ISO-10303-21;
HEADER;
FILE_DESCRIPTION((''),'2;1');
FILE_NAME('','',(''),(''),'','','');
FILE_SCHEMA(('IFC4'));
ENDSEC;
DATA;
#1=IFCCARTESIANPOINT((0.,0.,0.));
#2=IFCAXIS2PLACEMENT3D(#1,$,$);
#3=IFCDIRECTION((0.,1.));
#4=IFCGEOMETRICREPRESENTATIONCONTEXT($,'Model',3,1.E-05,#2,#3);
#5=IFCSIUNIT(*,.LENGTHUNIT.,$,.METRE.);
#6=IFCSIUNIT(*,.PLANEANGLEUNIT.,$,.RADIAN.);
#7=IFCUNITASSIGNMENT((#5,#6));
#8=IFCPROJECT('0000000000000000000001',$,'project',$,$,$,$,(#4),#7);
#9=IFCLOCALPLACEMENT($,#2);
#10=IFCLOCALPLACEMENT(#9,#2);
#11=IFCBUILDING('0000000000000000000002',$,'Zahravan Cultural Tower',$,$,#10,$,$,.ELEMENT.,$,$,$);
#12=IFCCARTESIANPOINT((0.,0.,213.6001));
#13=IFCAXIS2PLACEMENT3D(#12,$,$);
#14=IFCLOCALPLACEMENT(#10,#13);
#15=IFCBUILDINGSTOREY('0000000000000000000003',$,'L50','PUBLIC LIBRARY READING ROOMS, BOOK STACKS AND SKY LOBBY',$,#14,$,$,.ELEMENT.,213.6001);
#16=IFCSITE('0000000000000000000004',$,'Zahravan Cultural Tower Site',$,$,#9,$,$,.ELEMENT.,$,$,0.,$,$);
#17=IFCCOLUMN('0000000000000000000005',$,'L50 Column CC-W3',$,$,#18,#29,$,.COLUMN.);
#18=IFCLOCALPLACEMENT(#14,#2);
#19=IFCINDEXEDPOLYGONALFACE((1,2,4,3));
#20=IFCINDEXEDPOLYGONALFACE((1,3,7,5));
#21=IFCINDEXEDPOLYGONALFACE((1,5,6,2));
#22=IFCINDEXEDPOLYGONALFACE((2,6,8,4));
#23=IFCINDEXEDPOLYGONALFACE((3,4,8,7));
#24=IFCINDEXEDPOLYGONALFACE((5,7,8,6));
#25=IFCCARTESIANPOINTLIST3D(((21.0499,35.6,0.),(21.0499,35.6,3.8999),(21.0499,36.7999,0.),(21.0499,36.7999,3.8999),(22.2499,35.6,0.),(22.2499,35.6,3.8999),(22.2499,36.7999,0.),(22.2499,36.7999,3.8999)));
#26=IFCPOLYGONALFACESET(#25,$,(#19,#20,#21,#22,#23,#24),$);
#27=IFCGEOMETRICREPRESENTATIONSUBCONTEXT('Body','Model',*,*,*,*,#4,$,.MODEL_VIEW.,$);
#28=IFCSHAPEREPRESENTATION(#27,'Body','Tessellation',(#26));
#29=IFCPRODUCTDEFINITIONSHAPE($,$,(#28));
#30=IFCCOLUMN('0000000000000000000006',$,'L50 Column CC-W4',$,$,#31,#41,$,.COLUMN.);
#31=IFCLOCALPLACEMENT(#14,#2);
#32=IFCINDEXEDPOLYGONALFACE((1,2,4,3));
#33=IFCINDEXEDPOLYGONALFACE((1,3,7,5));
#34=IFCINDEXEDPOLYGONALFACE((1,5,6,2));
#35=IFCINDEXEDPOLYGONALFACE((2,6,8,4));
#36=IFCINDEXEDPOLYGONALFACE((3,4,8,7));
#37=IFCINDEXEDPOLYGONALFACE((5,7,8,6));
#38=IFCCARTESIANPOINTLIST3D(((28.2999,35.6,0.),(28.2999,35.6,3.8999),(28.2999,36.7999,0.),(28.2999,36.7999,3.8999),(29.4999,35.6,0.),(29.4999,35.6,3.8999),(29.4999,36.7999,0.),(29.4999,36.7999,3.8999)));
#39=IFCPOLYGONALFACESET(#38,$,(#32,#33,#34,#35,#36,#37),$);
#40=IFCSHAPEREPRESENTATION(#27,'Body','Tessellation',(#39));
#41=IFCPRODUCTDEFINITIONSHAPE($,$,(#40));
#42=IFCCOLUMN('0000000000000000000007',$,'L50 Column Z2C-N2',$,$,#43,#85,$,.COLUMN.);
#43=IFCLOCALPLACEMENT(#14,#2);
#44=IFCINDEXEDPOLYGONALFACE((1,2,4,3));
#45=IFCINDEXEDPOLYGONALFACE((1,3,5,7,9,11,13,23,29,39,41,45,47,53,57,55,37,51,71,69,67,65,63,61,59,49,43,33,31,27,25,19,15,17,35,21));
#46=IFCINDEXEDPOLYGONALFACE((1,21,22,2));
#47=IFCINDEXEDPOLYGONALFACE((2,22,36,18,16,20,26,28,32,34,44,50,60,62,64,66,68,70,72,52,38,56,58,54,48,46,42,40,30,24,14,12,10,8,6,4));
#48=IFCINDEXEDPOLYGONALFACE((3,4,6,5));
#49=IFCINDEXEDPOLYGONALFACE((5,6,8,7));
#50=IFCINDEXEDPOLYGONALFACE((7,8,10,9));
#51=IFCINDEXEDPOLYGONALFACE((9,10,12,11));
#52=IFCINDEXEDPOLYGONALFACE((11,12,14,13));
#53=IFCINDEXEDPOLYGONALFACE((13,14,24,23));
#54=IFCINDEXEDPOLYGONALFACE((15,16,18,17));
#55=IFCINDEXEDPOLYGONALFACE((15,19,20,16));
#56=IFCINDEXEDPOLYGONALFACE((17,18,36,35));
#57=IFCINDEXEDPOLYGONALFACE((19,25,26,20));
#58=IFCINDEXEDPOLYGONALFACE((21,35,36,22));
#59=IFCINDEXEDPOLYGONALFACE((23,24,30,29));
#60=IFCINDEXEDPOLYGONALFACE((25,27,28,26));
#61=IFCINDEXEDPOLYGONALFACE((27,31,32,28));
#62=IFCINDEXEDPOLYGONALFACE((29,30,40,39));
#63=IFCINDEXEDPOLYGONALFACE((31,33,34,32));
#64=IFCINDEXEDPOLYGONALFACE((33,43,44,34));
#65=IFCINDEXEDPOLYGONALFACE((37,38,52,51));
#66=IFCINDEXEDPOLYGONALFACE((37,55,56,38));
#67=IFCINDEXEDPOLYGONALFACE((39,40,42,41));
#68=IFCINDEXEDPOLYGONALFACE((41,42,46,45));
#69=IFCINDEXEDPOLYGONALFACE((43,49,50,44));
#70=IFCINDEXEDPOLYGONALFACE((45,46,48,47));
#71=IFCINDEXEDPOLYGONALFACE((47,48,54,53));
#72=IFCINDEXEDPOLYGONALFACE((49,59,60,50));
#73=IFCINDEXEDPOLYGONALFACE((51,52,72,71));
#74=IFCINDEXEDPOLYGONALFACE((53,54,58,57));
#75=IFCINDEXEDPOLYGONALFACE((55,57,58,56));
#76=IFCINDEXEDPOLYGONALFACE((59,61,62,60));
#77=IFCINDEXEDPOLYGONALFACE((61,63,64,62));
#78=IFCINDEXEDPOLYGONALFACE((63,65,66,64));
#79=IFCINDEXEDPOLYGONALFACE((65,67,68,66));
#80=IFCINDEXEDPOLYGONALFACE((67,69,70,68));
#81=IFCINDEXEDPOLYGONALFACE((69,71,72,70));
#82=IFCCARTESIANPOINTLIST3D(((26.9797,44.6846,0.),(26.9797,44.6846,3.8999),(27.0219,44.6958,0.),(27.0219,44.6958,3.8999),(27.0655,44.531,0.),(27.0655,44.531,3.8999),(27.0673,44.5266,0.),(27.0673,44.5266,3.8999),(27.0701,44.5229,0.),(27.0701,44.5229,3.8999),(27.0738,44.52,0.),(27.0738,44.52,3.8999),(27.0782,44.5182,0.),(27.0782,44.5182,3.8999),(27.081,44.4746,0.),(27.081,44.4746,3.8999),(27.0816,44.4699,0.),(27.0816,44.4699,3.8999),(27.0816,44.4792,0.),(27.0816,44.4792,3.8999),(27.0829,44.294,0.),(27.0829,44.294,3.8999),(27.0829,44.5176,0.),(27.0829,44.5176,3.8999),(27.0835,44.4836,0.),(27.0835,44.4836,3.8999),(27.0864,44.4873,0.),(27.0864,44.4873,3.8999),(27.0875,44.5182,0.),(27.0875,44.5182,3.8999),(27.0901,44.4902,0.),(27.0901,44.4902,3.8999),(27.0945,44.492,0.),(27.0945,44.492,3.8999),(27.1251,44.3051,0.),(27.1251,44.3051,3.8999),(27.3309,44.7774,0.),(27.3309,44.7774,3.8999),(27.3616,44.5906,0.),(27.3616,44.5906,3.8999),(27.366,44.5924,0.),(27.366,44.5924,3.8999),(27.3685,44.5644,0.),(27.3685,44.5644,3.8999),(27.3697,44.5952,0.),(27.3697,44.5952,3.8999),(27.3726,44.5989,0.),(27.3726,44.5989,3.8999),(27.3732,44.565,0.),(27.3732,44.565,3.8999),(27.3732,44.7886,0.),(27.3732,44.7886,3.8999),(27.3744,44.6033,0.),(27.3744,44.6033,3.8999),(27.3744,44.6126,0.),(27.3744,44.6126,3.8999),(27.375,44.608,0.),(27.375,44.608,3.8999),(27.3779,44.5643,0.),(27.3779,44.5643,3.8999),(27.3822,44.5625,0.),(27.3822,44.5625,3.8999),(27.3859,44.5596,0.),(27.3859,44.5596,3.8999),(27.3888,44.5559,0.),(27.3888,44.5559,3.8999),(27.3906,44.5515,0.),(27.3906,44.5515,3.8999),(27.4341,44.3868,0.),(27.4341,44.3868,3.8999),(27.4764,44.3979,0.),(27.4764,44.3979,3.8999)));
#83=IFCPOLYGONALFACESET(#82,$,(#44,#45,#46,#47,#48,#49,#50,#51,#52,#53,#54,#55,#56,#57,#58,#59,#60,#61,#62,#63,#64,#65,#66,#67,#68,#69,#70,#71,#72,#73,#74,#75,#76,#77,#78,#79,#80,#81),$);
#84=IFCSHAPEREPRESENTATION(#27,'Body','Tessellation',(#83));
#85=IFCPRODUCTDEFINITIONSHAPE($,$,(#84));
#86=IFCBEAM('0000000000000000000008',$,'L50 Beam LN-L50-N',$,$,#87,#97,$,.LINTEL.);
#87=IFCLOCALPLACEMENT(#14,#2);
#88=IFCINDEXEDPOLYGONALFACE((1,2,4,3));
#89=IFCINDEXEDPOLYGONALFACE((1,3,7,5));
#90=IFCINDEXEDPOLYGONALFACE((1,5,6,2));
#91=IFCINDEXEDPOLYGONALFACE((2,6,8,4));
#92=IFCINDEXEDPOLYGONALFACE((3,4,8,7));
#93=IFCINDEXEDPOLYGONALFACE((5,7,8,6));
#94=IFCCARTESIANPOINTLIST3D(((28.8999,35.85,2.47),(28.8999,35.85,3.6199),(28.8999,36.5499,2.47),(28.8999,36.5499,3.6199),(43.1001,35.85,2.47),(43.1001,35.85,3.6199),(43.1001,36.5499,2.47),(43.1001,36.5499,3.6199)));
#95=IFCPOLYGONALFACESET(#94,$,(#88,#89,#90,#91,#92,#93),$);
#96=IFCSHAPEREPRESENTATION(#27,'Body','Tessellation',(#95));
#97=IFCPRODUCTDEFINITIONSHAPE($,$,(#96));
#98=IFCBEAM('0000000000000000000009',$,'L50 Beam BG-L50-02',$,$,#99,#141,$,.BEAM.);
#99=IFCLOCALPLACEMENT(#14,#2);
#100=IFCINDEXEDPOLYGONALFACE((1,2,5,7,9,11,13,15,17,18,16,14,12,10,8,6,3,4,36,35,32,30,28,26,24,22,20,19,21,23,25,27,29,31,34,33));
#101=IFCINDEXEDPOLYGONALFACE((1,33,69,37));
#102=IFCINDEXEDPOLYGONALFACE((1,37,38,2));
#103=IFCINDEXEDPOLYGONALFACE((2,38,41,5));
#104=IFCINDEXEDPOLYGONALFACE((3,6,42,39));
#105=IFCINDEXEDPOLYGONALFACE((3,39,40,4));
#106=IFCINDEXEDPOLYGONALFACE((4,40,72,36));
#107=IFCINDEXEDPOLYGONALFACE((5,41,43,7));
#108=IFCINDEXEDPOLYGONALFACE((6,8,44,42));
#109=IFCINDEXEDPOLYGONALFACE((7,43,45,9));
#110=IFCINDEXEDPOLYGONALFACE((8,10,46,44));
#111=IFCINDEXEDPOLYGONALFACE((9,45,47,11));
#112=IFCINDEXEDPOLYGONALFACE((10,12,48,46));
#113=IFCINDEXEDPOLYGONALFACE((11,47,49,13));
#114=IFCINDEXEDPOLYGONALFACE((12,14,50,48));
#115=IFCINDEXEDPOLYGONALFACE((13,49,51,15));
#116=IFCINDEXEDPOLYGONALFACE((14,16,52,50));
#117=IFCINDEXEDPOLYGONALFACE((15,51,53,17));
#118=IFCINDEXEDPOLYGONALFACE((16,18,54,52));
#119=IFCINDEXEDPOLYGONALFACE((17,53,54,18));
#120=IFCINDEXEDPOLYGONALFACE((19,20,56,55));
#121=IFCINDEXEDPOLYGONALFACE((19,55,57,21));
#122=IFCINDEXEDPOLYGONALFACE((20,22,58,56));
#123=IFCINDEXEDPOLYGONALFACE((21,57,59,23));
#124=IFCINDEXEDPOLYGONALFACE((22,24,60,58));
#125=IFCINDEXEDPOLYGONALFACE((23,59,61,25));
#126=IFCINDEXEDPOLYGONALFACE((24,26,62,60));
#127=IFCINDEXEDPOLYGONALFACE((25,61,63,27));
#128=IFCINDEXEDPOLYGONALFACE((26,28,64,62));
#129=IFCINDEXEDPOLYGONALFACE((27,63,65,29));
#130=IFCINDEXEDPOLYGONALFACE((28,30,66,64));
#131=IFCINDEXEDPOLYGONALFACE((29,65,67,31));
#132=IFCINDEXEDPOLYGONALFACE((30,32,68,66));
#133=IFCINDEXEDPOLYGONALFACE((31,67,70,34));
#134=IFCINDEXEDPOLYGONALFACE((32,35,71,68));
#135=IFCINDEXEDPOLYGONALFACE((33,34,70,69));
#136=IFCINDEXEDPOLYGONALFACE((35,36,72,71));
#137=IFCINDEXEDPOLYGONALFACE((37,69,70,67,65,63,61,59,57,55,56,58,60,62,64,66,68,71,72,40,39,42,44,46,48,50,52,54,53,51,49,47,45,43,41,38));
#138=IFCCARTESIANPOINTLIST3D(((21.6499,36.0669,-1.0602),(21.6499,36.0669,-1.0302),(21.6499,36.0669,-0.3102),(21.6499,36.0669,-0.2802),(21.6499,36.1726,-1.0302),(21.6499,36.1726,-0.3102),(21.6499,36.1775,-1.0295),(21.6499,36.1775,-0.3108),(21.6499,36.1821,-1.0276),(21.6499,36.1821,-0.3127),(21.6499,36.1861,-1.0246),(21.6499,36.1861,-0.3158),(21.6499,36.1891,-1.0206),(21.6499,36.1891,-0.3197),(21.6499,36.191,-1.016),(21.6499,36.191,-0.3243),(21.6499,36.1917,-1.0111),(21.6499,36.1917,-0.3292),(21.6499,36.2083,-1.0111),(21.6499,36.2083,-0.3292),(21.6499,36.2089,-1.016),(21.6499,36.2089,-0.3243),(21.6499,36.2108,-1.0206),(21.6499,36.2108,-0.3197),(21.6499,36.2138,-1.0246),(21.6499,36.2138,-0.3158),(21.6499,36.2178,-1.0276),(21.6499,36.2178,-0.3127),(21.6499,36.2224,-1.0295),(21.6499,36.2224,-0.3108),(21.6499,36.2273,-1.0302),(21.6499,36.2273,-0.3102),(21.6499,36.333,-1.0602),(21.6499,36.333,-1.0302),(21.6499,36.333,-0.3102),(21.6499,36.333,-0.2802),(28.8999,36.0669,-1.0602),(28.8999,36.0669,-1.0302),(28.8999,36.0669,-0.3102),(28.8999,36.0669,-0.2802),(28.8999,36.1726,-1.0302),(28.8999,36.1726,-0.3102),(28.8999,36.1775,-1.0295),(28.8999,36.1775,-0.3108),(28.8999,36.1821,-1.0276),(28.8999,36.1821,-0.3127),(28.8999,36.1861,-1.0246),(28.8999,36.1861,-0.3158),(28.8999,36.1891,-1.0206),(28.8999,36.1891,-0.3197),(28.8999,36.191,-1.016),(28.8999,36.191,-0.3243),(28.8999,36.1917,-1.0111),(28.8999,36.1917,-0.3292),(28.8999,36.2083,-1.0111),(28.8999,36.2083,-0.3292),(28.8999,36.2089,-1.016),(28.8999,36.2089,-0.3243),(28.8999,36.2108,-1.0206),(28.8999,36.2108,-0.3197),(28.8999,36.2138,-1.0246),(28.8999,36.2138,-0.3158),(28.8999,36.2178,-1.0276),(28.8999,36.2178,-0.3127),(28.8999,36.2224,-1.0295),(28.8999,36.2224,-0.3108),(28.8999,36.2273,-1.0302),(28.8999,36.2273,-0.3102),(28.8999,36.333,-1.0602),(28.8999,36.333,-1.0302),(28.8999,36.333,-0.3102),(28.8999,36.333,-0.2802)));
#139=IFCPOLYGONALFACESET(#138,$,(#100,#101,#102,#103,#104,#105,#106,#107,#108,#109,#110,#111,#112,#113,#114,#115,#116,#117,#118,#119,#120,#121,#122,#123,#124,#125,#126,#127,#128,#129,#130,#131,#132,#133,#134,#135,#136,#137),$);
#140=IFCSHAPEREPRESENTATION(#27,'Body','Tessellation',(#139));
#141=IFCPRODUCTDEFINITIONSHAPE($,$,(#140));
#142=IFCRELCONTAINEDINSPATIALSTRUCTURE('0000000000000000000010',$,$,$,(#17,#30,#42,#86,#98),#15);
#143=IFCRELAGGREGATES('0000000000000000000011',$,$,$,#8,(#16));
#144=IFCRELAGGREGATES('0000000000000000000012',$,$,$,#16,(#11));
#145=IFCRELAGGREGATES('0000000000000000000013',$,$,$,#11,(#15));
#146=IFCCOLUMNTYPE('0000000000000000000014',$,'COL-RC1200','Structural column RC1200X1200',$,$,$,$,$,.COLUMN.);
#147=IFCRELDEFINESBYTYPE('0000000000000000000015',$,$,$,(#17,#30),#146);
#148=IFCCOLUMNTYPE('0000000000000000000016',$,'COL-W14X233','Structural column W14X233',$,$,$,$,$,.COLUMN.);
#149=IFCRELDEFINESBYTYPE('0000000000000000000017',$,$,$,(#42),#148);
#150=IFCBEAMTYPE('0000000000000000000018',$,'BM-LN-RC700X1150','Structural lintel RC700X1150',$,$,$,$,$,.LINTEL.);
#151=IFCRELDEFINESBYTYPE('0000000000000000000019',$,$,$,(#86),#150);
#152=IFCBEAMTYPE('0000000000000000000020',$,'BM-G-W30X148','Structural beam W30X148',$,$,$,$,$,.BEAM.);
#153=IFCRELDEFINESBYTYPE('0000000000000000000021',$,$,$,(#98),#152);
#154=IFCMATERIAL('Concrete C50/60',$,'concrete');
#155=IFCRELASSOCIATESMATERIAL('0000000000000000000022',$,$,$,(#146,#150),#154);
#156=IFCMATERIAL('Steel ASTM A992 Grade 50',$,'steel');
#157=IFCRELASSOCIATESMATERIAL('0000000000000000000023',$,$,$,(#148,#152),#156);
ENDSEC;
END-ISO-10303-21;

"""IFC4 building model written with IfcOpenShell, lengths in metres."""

from ifc_helpers import new_model, si_unit, direction, frame, origin, origin_2d, place, context, subcontext, project, spatial, rectangle, i_section, extrude, source, transform, mapped, material, material_profile, profile_set, type_object, element, save


model = new_model("IFC4")

# Units and contexts
model_context = context("Model", 3, precision=1e-05, world=origin(), true_north=direction((0.0, 1.0)))
body_context = subcontext(model_context, "Body", "Model", "MODEL_VIEW")
ifc_project = project(units=[si_unit("LENGTHUNIT", "METRE"), si_unit("PLANEANGLEUNIT", "RADIAN")], contexts=[model_context])

# Site, building, storey
site_placement = place(None, origin())
site = spatial("IfcSite", under=ifc_project, at=site_placement, Name="Zahravan Cultural Tower Site", CompositionType="ELEMENT", RefElevation=0.0)
building_placement = place(site_placement, origin())
building = spatial("IfcBuilding", under=site, at=building_placement, Name="Zahravan Cultural Tower", CompositionType="ELEMENT")
storey_placement = place(building_placement, frame((0.0, 0.0, 213.6001)))
storey = spatial("IfcBuildingStorey", under=building, at=storey_placement, Name="L50", Description="PUBLIC LIBRARY READING ROOMS, BOOK STACKS AND SKY LOBBY", CompositionType="ELEMENT", Elevation=213.6001)

# Columns
ifc_material_1 = material(Name="Concrete C50/60", Category="concrete")
ifc_material_profile_1 = material_profile(ifc_material_1, rectangle(XDim=1.2, YDim=1.2, at=origin_2d()), Name="RC1200X1200")
ifc_profile_set_1 = profile_set([ifc_material_profile_1], Name="Concrete C50/60")
column_type_1 = type_object("IfcColumnType", Name="COL-RC1200", Description="Structural column RC1200X1200", PredefinedType="COLUMN", material=ifc_profile_set_1)
shared_shape_1 = source(origin(), body_context, "Body", "SweptSolid", [
    extrude(rectangle(XDim=1.2, YDim=1.2, at=origin_2d()), origin(), (0.0, 0.0, 1.0), 3.8999),
])
for number, where, z_axis, x_axis, name in (
    (1, (21.6499, 36.2, 0.0), (0.0, 0.0, 1.0), (1.0, 0.0, 0.0), "L50 Column CC-W3"),
    (2, (28.8999, 36.2, 0.0), (0.0, 0.0, 1.0), (1.0, 0.0, 0.0), "L50 Column CC-W4"),
):
    element("IfcColumn", number, at=place(storey_placement, frame(where, z_axis=z_axis, x_axis=x_axis)), inside=storey, type_object=column_type_1, Name=name, PredefinedType="COLUMN", context=body_context, shape_type="MappedRepresentation", body=[
        mapped(shared_shape_1, transform((0.0, 0.0, 0.0), x_axis=(1.0, 0.0, 0.0), y_axis=(0.0, 1.0, 0.0), z_axis=(0.0, 0.0, 1.0), scale=1.0)),
    ])
ifc_material_2 = material(Name="Steel ASTM A992 Grade 50", Category="steel")
ifc_material_profile_2 = material_profile(ifc_material_2, i_section(OverallWidth=0.4041, OverallDepth=0.407, WebThickness=0.0271, FlangeThickness=0.0437, FilletRadius=0.0181, at=origin_2d()), Name="W14X233")
ifc_profile_set_2 = profile_set([ifc_material_profile_2], Name="Steel ASTM A992 Grade 50")
column_type_2 = type_object("IfcColumnType", Name="COL-W14X233", Description="Structural column W14X233", PredefinedType="COLUMN", material=ifc_profile_set_2)
shared_shape_2 = source(origin(), body_context, "Body", "SweptSolid", [
    extrude(i_section(OverallWidth=0.4041, OverallDepth=0.407, WebThickness=0.0271, FlangeThickness=0.0437, FilletRadius=0.0181, at=origin_2d()), origin(), (0.0, 0.0, 1.0), 3.8999),
])
column_placement = place(storey_placement, frame((27.228, 44.5413, 0.0), z_axis=(0.0, 0.0, 1.0), x_axis=(-0.255446, 0.966823, 0.0)))
element("IfcColumn", 3, at=column_placement, inside=storey, type_object=column_type_2, Name="L50 Column Z2C-N2", PredefinedType="COLUMN", context=body_context, shape_type="MappedRepresentation", body=[
    mapped(shared_shape_2, transform((0.0, 0.0, 0.0), x_axis=(1.0, 0.0, 0.0), y_axis=(0.0, 1.0, 0.0), z_axis=(0.0, 0.0, 1.0), scale=1.0)),
])

# Beams
ifc_material_profile_3 = material_profile(ifc_material_1, rectangle(XDim=0.7, YDim=1.1499, at=origin_2d()), Name="RC700X1150")
ifc_profile_set_3 = profile_set([ifc_material_profile_3], Name="Concrete C50/60")
beam_type_1 = type_object("IfcBeamType", Name="BM-LN-RC700X1150", Description="Structural lintel RC700X1150", PredefinedType="LINTEL", material=ifc_profile_set_3)
shared_shape_3 = source(origin(), body_context, "Body", "SweptSolid", [
    extrude(rectangle(XDim=0.7, YDim=1.1499, at=origin_2d()), origin(), (0.0, 0.0, 1.0), 14.2002),
])
beam_1_placement = place(storey_placement, frame((28.8999, 36.2, 3.0449), z_axis=(1.0, 0.0, 0.0), x_axis=(0.0, 1.0, 0.0)))
element("IfcBeam", 4, at=beam_1_placement, inside=storey, type_object=beam_type_1, Name="L50 Beam LN-L50-N", PredefinedType="LINTEL", context=body_context, shape_type="MappedRepresentation", body=[
    mapped(shared_shape_3, transform((0.0, 0.0, 0.0), x_axis=(1.0, 0.0, 0.0), y_axis=(0.0, 1.0, 0.0), z_axis=(0.0, 0.0, 1.0), scale=1.0)),
])
ifc_material_profile_4 = material_profile(ifc_material_2, i_section(OverallWidth=0.2661, OverallDepth=0.78, WebThickness=0.0166, FlangeThickness=0.03, FilletRadius=0.019, at=origin_2d()), Name="W30X148")
ifc_profile_set_4 = profile_set([ifc_material_profile_4], Name="Steel ASTM A992 Grade 50")
beam_type_2 = type_object("IfcBeamType", Name="BM-G-W30X148", Description="Structural beam W30X148", PredefinedType="BEAM", material=ifc_profile_set_4)
shared_shape_4 = source(origin(), body_context, "Body", "SweptSolid", [
    extrude(i_section(OverallWidth=0.2661, OverallDepth=0.78, WebThickness=0.0166, FlangeThickness=0.03, FilletRadius=0.019, at=origin_2d()), origin(), (0.0, 0.0, 1.0), 7.25),
])
beam_2_placement = place(storey_placement, frame((21.6499, 36.2, -0.6702), z_axis=(1.0, 0.0, 0.0), x_axis=(0.0, 1.0, 0.0)))
element("IfcBeam", 5, at=beam_2_placement, inside=storey, type_object=beam_type_2, Name="L50 Beam BG-L50-02", PredefinedType="BEAM", context=body_context, shape_type="MappedRepresentation", body=[
    mapped(shared_shape_4, transform((0.0, 0.0, 0.0), x_axis=(1.0, 0.0, 0.0), y_axis=(0.0, 1.0, 0.0), z_axis=(0.0, 0.0, 1.0), scale=1.0)),
])

save(model, "model.ifc")
